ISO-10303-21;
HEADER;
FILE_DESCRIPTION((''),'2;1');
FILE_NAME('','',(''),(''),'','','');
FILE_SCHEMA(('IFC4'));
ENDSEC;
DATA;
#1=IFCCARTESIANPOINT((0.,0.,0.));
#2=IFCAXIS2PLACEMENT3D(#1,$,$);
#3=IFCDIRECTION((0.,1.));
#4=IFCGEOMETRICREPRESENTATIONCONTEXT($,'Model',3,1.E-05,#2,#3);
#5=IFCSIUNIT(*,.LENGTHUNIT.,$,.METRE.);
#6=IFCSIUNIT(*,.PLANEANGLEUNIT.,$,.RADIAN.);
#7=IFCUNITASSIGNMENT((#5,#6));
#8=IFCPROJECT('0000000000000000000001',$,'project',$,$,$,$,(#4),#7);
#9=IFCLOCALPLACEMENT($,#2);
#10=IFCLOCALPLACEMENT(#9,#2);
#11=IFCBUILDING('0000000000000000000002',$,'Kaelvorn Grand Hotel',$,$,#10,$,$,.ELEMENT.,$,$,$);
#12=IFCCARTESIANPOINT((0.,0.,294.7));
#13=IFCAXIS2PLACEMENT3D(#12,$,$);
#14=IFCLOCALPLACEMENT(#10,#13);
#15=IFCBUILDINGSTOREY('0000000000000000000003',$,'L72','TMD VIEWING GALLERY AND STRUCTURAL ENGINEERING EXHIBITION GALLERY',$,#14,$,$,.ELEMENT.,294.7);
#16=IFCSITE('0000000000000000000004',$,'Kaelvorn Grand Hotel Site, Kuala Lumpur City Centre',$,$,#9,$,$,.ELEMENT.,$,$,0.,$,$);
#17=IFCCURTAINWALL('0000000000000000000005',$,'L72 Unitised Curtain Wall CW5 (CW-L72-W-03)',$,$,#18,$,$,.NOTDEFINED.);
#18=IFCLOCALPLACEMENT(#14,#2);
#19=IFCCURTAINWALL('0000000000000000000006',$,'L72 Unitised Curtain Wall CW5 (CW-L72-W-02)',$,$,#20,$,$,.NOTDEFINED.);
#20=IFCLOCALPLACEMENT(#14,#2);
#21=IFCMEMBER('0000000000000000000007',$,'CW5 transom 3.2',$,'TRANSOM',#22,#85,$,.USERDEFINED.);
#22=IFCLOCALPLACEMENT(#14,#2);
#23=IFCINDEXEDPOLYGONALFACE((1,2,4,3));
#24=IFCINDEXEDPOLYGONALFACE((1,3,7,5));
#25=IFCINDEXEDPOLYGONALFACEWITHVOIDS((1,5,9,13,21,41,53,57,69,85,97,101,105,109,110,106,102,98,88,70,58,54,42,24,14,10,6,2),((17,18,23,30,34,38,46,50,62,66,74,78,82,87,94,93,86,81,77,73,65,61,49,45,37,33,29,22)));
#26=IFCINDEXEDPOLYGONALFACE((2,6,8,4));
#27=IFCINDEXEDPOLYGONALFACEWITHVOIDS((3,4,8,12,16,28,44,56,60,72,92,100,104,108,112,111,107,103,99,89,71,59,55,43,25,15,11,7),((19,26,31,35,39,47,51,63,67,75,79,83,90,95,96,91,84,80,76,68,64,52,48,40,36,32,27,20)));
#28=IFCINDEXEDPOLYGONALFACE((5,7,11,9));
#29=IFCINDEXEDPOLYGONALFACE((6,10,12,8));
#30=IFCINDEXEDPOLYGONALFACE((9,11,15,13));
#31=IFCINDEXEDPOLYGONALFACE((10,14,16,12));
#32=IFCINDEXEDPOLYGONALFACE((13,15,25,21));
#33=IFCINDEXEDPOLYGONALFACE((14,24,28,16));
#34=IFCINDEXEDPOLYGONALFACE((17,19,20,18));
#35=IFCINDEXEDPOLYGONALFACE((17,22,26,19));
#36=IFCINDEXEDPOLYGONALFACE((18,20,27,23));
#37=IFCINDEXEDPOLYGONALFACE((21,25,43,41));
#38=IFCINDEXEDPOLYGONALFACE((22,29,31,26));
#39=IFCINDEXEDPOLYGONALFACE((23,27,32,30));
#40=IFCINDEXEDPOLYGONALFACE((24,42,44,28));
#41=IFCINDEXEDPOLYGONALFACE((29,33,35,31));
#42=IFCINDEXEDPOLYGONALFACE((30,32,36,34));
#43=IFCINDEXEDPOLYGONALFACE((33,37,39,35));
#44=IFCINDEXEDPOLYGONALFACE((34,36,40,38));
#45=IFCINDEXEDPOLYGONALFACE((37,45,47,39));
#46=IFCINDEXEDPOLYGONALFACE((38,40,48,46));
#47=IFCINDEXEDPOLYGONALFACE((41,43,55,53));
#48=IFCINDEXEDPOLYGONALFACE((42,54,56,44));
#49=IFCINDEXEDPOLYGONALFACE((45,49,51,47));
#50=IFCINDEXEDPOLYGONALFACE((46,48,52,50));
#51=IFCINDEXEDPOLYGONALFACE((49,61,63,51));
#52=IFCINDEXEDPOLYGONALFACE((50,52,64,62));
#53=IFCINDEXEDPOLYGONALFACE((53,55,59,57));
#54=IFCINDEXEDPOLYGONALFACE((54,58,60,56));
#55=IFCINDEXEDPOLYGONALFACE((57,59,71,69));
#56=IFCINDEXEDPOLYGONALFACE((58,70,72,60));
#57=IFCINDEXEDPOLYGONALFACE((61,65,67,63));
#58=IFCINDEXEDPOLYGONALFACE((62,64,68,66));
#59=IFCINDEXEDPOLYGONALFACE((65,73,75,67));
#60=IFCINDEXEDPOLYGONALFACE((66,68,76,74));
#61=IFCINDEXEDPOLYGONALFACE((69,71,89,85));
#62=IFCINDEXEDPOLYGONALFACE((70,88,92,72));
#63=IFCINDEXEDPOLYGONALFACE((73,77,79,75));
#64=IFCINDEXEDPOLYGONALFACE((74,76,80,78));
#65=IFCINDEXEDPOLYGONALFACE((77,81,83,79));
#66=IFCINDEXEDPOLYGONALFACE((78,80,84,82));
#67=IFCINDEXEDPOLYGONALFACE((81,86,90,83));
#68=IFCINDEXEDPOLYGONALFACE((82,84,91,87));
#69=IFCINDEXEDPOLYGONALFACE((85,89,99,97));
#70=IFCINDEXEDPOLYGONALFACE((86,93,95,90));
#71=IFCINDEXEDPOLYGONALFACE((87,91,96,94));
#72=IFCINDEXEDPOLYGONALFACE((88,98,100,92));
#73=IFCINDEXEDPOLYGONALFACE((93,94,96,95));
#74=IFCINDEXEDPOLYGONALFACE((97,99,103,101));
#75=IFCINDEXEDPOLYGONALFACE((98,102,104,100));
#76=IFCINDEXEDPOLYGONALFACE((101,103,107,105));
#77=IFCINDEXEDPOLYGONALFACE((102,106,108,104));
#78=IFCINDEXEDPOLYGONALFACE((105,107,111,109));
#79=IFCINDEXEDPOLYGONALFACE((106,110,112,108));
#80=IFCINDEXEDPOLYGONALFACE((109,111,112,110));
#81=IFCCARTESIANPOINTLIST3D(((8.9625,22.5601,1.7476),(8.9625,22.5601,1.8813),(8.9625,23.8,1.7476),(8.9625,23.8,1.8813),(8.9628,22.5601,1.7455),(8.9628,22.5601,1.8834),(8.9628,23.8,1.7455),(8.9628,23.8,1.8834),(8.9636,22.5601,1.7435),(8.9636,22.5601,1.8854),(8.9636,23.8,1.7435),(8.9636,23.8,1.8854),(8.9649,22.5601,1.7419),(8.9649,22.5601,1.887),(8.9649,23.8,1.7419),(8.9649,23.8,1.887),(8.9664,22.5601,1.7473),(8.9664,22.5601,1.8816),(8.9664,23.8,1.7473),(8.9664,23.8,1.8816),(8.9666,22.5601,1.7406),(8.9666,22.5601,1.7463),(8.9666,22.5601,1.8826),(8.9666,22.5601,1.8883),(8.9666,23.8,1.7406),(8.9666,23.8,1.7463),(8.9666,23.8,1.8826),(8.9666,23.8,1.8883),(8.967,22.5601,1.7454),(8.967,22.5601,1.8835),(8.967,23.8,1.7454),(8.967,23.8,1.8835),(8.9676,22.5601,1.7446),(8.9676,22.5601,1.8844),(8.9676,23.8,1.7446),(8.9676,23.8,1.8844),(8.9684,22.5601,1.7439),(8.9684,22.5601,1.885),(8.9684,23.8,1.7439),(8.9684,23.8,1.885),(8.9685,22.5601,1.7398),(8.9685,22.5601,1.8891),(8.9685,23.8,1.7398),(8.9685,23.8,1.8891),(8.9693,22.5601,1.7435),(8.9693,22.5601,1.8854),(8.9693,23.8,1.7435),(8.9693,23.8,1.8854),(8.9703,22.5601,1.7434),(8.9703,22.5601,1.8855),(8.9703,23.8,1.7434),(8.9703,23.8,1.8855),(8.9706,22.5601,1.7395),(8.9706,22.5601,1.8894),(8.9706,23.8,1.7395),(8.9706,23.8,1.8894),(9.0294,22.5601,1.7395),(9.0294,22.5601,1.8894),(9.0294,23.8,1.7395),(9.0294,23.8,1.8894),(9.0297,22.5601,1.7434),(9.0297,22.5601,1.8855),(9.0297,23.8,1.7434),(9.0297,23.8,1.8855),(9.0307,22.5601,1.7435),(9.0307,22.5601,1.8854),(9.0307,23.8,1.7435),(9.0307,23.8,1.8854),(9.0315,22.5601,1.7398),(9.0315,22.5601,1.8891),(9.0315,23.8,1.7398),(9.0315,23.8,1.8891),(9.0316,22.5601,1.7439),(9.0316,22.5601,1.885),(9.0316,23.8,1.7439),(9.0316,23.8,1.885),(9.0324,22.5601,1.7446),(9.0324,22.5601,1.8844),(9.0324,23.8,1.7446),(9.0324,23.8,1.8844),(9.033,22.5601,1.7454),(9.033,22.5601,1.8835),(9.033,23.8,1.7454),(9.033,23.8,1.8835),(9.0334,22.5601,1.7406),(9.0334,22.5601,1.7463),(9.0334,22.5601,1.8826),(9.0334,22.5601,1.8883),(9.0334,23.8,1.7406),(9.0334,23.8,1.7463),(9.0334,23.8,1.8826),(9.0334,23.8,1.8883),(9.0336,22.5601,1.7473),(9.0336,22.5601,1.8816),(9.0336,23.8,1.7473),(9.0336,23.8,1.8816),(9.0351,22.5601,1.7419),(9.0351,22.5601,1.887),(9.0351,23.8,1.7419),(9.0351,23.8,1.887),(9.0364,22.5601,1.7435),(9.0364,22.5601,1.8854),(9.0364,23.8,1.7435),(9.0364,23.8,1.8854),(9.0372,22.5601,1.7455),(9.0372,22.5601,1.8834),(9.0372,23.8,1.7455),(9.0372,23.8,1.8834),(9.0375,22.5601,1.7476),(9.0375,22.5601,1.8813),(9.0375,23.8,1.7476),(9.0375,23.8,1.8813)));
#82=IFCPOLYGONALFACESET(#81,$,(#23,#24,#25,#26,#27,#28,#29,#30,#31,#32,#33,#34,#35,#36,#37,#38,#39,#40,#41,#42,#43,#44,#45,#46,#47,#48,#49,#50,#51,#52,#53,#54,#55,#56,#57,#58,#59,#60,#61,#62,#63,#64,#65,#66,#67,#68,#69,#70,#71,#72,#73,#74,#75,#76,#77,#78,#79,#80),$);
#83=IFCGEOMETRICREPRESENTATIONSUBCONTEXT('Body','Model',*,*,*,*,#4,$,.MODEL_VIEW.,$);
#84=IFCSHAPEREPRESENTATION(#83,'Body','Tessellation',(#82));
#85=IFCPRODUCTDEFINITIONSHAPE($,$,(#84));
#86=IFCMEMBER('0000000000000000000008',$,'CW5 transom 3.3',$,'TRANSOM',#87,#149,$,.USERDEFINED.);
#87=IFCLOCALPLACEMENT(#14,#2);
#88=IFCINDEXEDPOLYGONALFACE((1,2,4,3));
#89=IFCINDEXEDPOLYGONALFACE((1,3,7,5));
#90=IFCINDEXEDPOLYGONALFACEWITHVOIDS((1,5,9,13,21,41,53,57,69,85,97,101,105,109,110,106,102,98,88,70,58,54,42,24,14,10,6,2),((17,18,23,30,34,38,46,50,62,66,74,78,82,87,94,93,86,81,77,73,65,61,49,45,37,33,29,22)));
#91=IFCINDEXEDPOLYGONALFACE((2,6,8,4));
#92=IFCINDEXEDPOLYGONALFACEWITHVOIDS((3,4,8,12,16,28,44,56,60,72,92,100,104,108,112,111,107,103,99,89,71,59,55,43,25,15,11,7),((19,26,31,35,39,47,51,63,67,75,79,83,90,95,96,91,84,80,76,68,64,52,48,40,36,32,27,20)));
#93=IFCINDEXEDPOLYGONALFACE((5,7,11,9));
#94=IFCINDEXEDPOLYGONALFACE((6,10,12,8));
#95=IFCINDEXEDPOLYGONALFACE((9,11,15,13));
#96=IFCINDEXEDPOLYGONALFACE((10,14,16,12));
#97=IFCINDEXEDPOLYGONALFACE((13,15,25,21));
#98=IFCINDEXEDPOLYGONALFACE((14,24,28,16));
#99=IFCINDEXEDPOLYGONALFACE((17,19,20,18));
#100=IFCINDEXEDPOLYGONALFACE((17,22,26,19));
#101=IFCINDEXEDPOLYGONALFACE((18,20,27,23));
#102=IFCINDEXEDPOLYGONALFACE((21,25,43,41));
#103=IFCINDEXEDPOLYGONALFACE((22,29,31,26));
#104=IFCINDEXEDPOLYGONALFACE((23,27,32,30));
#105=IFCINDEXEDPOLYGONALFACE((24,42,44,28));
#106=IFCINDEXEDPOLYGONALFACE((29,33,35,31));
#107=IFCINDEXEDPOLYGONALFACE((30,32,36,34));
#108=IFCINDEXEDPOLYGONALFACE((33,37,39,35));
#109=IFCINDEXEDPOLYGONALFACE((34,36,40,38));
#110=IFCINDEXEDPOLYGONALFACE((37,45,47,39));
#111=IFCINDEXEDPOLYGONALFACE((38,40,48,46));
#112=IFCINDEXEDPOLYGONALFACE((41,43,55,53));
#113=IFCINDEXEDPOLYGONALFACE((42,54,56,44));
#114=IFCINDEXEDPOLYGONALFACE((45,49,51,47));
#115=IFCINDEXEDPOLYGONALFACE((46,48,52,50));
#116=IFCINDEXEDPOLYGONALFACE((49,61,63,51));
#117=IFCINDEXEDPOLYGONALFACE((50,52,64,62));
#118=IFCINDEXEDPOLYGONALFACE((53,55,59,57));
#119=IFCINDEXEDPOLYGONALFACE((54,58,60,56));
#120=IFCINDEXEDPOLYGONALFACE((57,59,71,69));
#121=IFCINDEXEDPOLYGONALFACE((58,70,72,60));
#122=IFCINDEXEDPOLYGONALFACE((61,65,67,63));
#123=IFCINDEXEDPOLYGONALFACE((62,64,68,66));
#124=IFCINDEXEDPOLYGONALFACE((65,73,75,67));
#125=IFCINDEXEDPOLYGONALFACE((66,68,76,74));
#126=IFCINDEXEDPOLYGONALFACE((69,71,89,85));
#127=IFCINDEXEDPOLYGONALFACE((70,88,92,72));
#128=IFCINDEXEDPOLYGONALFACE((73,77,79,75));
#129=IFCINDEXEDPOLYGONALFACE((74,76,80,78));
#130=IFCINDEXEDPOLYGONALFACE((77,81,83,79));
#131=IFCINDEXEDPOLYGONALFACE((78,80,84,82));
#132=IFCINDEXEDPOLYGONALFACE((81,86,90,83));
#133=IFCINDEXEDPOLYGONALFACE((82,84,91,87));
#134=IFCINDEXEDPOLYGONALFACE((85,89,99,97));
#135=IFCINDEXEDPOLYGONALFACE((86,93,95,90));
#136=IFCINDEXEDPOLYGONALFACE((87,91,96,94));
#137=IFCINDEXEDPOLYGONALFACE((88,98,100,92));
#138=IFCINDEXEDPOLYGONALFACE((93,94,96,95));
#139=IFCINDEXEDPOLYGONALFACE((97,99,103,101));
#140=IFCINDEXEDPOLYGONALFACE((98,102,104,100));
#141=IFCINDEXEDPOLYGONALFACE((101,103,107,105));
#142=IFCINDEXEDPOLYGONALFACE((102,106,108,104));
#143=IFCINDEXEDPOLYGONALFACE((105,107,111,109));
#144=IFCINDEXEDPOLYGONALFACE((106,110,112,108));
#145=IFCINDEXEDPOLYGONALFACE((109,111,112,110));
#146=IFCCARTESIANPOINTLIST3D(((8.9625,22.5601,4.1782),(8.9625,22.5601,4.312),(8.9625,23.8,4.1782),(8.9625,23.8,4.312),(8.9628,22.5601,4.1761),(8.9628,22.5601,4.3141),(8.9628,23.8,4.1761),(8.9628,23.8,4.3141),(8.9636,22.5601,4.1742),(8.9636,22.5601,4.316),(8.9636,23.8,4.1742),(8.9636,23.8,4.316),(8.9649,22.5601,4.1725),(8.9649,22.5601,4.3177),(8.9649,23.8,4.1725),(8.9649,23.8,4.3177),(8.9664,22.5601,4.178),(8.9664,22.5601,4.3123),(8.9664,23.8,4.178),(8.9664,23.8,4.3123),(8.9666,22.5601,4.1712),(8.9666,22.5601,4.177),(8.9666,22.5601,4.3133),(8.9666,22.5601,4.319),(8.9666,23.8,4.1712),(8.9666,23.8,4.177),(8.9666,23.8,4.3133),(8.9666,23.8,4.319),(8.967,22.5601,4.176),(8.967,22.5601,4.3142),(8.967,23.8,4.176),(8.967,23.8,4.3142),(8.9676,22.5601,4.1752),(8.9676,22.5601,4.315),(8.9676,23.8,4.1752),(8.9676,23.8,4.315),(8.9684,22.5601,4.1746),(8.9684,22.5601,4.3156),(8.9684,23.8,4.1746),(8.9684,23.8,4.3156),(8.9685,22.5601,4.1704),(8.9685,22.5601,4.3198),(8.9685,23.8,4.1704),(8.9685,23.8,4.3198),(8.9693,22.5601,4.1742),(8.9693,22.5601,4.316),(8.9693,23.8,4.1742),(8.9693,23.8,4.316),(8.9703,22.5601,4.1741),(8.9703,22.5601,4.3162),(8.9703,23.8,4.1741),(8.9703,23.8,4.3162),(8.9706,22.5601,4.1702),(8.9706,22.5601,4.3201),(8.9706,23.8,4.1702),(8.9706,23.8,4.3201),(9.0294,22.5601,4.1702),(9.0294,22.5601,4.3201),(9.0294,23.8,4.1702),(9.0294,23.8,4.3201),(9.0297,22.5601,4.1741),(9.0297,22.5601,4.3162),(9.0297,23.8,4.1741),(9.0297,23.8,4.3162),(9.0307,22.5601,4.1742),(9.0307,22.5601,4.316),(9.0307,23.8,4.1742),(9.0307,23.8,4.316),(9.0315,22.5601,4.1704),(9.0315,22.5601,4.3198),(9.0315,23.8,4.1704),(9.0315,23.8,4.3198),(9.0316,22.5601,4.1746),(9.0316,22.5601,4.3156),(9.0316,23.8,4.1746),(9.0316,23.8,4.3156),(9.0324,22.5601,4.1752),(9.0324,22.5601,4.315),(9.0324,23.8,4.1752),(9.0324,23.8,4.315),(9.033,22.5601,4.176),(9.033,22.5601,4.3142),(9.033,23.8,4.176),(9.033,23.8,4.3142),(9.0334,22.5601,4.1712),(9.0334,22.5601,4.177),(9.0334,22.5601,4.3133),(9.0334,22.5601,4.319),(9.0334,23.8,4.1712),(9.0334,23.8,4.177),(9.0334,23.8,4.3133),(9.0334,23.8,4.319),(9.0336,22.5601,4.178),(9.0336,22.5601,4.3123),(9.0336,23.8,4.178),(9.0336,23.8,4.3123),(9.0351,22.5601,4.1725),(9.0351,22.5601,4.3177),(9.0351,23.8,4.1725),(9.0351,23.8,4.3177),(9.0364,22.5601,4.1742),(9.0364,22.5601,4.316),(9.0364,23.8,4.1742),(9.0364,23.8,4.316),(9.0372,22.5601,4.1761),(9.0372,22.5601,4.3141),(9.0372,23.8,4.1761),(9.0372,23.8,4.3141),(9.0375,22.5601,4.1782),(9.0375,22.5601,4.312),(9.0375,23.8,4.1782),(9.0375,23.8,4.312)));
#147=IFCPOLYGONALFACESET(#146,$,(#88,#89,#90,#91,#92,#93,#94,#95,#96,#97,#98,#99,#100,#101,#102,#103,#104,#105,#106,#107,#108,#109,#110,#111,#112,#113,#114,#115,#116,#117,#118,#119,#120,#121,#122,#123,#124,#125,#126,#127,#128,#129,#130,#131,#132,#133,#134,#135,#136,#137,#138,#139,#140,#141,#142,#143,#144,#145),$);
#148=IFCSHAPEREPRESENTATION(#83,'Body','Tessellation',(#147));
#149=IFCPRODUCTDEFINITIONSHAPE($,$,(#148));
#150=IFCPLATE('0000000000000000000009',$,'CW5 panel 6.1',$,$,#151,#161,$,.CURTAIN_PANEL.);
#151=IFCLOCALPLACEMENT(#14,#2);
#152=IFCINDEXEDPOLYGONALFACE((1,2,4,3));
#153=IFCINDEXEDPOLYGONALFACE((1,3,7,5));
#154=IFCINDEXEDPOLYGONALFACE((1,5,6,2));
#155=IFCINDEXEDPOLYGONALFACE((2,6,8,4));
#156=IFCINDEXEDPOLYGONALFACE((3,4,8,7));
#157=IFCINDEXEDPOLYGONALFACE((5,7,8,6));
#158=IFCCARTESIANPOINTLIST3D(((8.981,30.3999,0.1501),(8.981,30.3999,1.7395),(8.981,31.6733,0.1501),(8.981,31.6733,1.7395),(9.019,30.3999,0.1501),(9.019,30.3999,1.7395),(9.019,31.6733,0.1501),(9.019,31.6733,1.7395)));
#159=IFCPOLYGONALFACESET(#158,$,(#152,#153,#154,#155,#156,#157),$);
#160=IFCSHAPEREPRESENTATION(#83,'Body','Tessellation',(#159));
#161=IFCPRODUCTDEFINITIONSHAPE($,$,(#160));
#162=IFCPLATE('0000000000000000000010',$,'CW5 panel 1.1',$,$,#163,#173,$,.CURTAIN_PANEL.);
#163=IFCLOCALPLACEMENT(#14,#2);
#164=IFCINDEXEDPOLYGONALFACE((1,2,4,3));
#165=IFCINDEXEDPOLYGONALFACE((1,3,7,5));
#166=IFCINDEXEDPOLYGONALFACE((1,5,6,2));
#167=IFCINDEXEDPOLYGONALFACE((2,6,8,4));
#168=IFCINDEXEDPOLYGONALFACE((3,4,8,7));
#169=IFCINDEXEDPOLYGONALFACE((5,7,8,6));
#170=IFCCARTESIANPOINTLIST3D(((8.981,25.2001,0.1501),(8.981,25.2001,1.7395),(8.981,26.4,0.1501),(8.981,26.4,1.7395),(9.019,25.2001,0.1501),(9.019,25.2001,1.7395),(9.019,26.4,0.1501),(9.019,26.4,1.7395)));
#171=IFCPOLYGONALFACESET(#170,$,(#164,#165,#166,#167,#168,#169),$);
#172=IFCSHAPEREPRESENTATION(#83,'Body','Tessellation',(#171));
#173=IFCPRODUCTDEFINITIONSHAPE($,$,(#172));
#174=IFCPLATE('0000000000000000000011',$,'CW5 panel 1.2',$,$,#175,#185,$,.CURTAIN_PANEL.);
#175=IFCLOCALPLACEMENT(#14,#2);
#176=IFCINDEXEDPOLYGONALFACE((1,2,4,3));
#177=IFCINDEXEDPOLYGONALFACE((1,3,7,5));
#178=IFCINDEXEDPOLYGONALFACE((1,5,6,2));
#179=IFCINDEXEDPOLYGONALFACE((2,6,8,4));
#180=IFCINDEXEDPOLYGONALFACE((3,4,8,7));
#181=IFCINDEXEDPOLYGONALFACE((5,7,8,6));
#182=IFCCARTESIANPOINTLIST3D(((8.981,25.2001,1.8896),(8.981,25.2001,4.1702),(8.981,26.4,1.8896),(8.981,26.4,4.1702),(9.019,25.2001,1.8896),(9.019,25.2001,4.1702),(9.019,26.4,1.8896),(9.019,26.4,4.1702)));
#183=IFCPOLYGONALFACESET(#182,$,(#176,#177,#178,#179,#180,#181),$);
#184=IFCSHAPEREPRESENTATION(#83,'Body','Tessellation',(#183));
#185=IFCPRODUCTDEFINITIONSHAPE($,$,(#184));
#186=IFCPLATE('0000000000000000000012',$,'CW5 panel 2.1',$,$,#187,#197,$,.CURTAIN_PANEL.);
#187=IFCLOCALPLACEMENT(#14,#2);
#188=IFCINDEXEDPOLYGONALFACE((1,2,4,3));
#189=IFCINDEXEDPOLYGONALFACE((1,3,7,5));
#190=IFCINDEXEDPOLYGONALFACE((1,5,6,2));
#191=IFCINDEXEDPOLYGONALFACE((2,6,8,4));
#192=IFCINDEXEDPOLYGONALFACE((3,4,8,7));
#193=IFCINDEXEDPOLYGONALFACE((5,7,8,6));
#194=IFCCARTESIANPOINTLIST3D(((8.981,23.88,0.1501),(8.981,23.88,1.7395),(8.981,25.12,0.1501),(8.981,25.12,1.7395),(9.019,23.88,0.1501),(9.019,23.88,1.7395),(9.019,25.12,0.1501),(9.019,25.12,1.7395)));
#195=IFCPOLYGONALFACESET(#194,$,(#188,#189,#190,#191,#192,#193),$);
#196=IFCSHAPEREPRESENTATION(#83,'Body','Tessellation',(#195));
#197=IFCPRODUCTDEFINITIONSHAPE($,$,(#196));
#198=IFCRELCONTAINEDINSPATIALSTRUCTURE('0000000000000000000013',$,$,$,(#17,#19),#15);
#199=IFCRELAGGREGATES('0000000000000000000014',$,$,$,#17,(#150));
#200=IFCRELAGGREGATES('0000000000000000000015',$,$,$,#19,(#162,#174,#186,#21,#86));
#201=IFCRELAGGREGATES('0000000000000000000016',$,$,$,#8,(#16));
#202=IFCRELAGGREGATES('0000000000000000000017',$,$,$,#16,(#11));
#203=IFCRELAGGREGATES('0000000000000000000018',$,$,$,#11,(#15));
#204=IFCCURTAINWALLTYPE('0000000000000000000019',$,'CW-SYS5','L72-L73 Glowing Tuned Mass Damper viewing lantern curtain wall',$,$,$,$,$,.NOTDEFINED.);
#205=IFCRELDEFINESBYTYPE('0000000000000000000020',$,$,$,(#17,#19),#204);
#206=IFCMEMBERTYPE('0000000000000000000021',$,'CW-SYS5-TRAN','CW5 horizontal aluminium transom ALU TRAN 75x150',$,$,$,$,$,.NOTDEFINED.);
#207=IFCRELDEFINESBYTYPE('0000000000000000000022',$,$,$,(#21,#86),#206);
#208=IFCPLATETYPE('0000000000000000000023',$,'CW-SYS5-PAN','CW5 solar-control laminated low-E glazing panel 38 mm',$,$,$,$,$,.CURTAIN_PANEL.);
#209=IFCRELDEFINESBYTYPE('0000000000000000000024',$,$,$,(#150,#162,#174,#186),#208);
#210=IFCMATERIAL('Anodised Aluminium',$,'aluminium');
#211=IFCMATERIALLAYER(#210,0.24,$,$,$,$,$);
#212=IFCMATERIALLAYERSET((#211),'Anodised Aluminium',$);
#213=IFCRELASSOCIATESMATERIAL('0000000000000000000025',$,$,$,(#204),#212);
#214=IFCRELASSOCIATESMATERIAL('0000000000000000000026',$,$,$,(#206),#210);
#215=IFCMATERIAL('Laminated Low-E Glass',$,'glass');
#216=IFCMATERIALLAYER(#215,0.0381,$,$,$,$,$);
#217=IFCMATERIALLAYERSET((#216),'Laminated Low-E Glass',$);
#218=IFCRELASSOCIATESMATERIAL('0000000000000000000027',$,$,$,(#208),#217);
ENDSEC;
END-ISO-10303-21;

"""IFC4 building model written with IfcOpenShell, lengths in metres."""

from ifc_helpers import new_model, si_unit, direction, frame, origin, origin_2d, place, context, subcontext, project, spatial, rectangle, hollow_rectangle, extrude, material, layer, layer_set, material_profile, profile_set, type_object, element, aggregate, save


model = new_model("IFC4")

# Units and contexts
model_context = context("Model", 3, precision=1e-05, world=origin(), true_north=direction((0.0, 1.0)))
body_context = subcontext(model_context, "Body", "Model", "MODEL_VIEW")
ifc_project = project(units=[si_unit("LENGTHUNIT", "METRE"), si_unit("PLANEANGLEUNIT", "RADIAN")], contexts=[model_context])

# Site, building, storey
site_placement = place(None, origin())
site = spatial("IfcSite", under=ifc_project, at=site_placement, Name="Kaelvorn Grand Hotel Site, Kuala Lumpur City Centre", CompositionType="ELEMENT", RefElevation=0.0)
building_placement = place(site_placement, origin())
building = spatial("IfcBuilding", under=site, at=building_placement, Name="Kaelvorn Grand Hotel", CompositionType="ELEMENT")
storey_placement = place(building_placement, frame((0.0, 0.0, 294.7)))
storey = spatial("IfcBuildingStorey", under=building, at=storey_placement, Name="L72", Description="TMD VIEWING GALLERY AND STRUCTURAL ENGINEERING EXHIBITION GALLERY", CompositionType="ELEMENT", Elevation=294.7)

# Curtain wall
ifc_material_1 = material(Name="Anodised Aluminium", Category="aluminium")
ifc_layer_1 = layer(ifc_material_1, 0.24)
ifc_layer_set_1 = layer_set([ifc_layer_1], Name="Anodised Aluminium")
curtain_wall_type = type_object("IfcCurtainWallType", Name="CW-SYS5", Description="L72-L73 Glowing Tuned Mass Damper viewing lantern curtain wall", PredefinedType="NOTDEFINED", material=ifc_layer_set_1)
curtain_wall_1_placement = place(storey_placement, origin())
curtain_wall_1 = element("IfcCurtainWall", 1, at=curtain_wall_1_placement, inside=storey, type_object=curtain_wall_type, Name="L72 Unitised Curtain Wall CW5 (CW-L72-W-03)", PredefinedType="NOTDEFINED")

# Curtain wall, members
curtain_wall_2_placement = place(storey_placement, origin())
curtain_wall_2 = element("IfcCurtainWall", 2, at=curtain_wall_2_placement, inside=storey, type_object=curtain_wall_type, Name="L72 Unitised Curtain Wall CW5 (CW-L72-W-02)", PredefinedType="NOTDEFINED")
ifc_material_profile_1 = material_profile(ifc_material_1, hollow_rectangle(XDim=0.075, YDim=0.1499, WallThickness=0.0039, InnerFilletRadius=0.0039, OuterFilletRadius=0.0081, at=origin_2d()), Name="ALU TRAN 75x150")
ifc_profile_set_1 = profile_set([ifc_material_profile_1], Name="Anodised Aluminium")
member_type_1 = type_object("IfcMemberType", Name="CW-SYS5-TRAN", Description="CW5 horizontal aluminium transom ALU TRAN 75x150", PredefinedType="NOTDEFINED", material=ifc_profile_set_1)
member_1_placement = place(storey_placement, frame((9.0, 23.8, 1.8145), z_axis=(0.0, -1.0, 0.0), x_axis=(1.0, 0.0, 0.0)))
member_1 = element("IfcMember", 3, at=member_1_placement, type_object=member_type_1, Name="CW5 transom 3.2", ObjectType="TRANSOM", PredefinedType="USERDEFINED", context=body_context, shape_type="SweptSolid", body=[
    extrude(hollow_rectangle(XDim=0.075, YDim=0.1499, WallThickness=0.0039, InnerFilletRadius=0.0039, OuterFilletRadius=0.0081, at=origin_2d()), origin(), (0.0, 0.0, 1.0), 1.24),
])
member_2_placement = place(storey_placement, frame((9.0, 23.8, 4.2451), z_axis=(0.0, -1.0, 0.0), x_axis=(1.0, 0.0, 0.0)))
member_2 = element("IfcMember", 4, at=member_2_placement, type_object=member_type_1, Name="CW5 transom 3.3", ObjectType="TRANSOM", PredefinedType="USERDEFINED", context=body_context, shape_type="SweptSolid", body=[
    extrude(hollow_rectangle(XDim=0.075, YDim=0.1499, WallThickness=0.0039, InnerFilletRadius=0.0039, OuterFilletRadius=0.0081, at=origin_2d()), origin(), (0.0, 0.0, 1.0), 1.24),
])

# Plates
ifc_material_2 = material(Name="Laminated Low-E Glass", Category="glass")
ifc_layer_2 = layer(ifc_material_2, 0.0381)
ifc_layer_set_2 = layer_set([ifc_layer_2], Name="Laminated Low-E Glass")
plate_type = type_object("IfcPlateType", Name="CW-SYS5-PAN", Description="CW5 solar-control laminated low-E glazing panel 38 mm", PredefinedType="CURTAIN_PANEL", material=ifc_layer_set_2)
plate_1_placement = place(storey_placement, frame((9.0, 31.0366, 0.1501), z_axis=(0.0, 0.0, 1.0), x_axis=(0.0, -1.0, 0.0)))
plate_1 = element("IfcPlate", 5, at=plate_1_placement, type_object=plate_type, Name="CW5 panel 6.1", PredefinedType="CURTAIN_PANEL", context=body_context, shape_type="SweptSolid", body=[
    extrude(rectangle(XDim=1.2734, YDim=0.0381, at=origin_2d()), origin(), (0.0, 0.0, 1.0), 1.5894),
])
aggregate(curtain_wall_1, [plate_1])
plate_2_placement = place(storey_placement, frame((9.0, 25.8, 0.1501), z_axis=(0.0, 0.0, 1.0), x_axis=(0.0, -1.0, 0.0)))
plate_2 = element("IfcPlate", 6, at=plate_2_placement, type_object=plate_type, Name="CW5 panel 1.1", PredefinedType="CURTAIN_PANEL", context=body_context, shape_type="SweptSolid", body=[
    extrude(rectangle(XDim=1.2, YDim=0.0381, at=origin_2d()), origin(), (0.0, 0.0, 1.0), 1.5894),
])
plate_3_placement = place(storey_placement, frame((9.0, 25.8, 1.8896), z_axis=(0.0, 0.0, 1.0), x_axis=(0.0, -1.0, 0.0)))
plate_3 = element("IfcPlate", 7, at=plate_3_placement, type_object=plate_type, Name="CW5 panel 1.2", PredefinedType="CURTAIN_PANEL", context=body_context, shape_type="SweptSolid", body=[
    extrude(rectangle(XDim=1.2, YDim=0.0381, at=origin_2d()), origin(), (0.0, 0.0, 1.0), 2.2805),
])
plate_4_placement = place(storey_placement, frame((9.0, 24.5, 0.1501), z_axis=(0.0, 0.0, 1.0), x_axis=(0.0, -1.0, 0.0)))
plate_4 = element("IfcPlate", 8, at=plate_4_placement, type_object=plate_type, Name="CW5 panel 2.1", PredefinedType="CURTAIN_PANEL", context=body_context, shape_type="SweptSolid", body=[
    extrude(rectangle(XDim=1.24, YDim=0.0381, at=origin_2d()), origin(), (0.0, 0.0, 1.0), 1.5894),
])
aggregate(curtain_wall_2, [plate_2, plate_3, plate_4, member_1, member_2])

save(model, "model.ifc")
